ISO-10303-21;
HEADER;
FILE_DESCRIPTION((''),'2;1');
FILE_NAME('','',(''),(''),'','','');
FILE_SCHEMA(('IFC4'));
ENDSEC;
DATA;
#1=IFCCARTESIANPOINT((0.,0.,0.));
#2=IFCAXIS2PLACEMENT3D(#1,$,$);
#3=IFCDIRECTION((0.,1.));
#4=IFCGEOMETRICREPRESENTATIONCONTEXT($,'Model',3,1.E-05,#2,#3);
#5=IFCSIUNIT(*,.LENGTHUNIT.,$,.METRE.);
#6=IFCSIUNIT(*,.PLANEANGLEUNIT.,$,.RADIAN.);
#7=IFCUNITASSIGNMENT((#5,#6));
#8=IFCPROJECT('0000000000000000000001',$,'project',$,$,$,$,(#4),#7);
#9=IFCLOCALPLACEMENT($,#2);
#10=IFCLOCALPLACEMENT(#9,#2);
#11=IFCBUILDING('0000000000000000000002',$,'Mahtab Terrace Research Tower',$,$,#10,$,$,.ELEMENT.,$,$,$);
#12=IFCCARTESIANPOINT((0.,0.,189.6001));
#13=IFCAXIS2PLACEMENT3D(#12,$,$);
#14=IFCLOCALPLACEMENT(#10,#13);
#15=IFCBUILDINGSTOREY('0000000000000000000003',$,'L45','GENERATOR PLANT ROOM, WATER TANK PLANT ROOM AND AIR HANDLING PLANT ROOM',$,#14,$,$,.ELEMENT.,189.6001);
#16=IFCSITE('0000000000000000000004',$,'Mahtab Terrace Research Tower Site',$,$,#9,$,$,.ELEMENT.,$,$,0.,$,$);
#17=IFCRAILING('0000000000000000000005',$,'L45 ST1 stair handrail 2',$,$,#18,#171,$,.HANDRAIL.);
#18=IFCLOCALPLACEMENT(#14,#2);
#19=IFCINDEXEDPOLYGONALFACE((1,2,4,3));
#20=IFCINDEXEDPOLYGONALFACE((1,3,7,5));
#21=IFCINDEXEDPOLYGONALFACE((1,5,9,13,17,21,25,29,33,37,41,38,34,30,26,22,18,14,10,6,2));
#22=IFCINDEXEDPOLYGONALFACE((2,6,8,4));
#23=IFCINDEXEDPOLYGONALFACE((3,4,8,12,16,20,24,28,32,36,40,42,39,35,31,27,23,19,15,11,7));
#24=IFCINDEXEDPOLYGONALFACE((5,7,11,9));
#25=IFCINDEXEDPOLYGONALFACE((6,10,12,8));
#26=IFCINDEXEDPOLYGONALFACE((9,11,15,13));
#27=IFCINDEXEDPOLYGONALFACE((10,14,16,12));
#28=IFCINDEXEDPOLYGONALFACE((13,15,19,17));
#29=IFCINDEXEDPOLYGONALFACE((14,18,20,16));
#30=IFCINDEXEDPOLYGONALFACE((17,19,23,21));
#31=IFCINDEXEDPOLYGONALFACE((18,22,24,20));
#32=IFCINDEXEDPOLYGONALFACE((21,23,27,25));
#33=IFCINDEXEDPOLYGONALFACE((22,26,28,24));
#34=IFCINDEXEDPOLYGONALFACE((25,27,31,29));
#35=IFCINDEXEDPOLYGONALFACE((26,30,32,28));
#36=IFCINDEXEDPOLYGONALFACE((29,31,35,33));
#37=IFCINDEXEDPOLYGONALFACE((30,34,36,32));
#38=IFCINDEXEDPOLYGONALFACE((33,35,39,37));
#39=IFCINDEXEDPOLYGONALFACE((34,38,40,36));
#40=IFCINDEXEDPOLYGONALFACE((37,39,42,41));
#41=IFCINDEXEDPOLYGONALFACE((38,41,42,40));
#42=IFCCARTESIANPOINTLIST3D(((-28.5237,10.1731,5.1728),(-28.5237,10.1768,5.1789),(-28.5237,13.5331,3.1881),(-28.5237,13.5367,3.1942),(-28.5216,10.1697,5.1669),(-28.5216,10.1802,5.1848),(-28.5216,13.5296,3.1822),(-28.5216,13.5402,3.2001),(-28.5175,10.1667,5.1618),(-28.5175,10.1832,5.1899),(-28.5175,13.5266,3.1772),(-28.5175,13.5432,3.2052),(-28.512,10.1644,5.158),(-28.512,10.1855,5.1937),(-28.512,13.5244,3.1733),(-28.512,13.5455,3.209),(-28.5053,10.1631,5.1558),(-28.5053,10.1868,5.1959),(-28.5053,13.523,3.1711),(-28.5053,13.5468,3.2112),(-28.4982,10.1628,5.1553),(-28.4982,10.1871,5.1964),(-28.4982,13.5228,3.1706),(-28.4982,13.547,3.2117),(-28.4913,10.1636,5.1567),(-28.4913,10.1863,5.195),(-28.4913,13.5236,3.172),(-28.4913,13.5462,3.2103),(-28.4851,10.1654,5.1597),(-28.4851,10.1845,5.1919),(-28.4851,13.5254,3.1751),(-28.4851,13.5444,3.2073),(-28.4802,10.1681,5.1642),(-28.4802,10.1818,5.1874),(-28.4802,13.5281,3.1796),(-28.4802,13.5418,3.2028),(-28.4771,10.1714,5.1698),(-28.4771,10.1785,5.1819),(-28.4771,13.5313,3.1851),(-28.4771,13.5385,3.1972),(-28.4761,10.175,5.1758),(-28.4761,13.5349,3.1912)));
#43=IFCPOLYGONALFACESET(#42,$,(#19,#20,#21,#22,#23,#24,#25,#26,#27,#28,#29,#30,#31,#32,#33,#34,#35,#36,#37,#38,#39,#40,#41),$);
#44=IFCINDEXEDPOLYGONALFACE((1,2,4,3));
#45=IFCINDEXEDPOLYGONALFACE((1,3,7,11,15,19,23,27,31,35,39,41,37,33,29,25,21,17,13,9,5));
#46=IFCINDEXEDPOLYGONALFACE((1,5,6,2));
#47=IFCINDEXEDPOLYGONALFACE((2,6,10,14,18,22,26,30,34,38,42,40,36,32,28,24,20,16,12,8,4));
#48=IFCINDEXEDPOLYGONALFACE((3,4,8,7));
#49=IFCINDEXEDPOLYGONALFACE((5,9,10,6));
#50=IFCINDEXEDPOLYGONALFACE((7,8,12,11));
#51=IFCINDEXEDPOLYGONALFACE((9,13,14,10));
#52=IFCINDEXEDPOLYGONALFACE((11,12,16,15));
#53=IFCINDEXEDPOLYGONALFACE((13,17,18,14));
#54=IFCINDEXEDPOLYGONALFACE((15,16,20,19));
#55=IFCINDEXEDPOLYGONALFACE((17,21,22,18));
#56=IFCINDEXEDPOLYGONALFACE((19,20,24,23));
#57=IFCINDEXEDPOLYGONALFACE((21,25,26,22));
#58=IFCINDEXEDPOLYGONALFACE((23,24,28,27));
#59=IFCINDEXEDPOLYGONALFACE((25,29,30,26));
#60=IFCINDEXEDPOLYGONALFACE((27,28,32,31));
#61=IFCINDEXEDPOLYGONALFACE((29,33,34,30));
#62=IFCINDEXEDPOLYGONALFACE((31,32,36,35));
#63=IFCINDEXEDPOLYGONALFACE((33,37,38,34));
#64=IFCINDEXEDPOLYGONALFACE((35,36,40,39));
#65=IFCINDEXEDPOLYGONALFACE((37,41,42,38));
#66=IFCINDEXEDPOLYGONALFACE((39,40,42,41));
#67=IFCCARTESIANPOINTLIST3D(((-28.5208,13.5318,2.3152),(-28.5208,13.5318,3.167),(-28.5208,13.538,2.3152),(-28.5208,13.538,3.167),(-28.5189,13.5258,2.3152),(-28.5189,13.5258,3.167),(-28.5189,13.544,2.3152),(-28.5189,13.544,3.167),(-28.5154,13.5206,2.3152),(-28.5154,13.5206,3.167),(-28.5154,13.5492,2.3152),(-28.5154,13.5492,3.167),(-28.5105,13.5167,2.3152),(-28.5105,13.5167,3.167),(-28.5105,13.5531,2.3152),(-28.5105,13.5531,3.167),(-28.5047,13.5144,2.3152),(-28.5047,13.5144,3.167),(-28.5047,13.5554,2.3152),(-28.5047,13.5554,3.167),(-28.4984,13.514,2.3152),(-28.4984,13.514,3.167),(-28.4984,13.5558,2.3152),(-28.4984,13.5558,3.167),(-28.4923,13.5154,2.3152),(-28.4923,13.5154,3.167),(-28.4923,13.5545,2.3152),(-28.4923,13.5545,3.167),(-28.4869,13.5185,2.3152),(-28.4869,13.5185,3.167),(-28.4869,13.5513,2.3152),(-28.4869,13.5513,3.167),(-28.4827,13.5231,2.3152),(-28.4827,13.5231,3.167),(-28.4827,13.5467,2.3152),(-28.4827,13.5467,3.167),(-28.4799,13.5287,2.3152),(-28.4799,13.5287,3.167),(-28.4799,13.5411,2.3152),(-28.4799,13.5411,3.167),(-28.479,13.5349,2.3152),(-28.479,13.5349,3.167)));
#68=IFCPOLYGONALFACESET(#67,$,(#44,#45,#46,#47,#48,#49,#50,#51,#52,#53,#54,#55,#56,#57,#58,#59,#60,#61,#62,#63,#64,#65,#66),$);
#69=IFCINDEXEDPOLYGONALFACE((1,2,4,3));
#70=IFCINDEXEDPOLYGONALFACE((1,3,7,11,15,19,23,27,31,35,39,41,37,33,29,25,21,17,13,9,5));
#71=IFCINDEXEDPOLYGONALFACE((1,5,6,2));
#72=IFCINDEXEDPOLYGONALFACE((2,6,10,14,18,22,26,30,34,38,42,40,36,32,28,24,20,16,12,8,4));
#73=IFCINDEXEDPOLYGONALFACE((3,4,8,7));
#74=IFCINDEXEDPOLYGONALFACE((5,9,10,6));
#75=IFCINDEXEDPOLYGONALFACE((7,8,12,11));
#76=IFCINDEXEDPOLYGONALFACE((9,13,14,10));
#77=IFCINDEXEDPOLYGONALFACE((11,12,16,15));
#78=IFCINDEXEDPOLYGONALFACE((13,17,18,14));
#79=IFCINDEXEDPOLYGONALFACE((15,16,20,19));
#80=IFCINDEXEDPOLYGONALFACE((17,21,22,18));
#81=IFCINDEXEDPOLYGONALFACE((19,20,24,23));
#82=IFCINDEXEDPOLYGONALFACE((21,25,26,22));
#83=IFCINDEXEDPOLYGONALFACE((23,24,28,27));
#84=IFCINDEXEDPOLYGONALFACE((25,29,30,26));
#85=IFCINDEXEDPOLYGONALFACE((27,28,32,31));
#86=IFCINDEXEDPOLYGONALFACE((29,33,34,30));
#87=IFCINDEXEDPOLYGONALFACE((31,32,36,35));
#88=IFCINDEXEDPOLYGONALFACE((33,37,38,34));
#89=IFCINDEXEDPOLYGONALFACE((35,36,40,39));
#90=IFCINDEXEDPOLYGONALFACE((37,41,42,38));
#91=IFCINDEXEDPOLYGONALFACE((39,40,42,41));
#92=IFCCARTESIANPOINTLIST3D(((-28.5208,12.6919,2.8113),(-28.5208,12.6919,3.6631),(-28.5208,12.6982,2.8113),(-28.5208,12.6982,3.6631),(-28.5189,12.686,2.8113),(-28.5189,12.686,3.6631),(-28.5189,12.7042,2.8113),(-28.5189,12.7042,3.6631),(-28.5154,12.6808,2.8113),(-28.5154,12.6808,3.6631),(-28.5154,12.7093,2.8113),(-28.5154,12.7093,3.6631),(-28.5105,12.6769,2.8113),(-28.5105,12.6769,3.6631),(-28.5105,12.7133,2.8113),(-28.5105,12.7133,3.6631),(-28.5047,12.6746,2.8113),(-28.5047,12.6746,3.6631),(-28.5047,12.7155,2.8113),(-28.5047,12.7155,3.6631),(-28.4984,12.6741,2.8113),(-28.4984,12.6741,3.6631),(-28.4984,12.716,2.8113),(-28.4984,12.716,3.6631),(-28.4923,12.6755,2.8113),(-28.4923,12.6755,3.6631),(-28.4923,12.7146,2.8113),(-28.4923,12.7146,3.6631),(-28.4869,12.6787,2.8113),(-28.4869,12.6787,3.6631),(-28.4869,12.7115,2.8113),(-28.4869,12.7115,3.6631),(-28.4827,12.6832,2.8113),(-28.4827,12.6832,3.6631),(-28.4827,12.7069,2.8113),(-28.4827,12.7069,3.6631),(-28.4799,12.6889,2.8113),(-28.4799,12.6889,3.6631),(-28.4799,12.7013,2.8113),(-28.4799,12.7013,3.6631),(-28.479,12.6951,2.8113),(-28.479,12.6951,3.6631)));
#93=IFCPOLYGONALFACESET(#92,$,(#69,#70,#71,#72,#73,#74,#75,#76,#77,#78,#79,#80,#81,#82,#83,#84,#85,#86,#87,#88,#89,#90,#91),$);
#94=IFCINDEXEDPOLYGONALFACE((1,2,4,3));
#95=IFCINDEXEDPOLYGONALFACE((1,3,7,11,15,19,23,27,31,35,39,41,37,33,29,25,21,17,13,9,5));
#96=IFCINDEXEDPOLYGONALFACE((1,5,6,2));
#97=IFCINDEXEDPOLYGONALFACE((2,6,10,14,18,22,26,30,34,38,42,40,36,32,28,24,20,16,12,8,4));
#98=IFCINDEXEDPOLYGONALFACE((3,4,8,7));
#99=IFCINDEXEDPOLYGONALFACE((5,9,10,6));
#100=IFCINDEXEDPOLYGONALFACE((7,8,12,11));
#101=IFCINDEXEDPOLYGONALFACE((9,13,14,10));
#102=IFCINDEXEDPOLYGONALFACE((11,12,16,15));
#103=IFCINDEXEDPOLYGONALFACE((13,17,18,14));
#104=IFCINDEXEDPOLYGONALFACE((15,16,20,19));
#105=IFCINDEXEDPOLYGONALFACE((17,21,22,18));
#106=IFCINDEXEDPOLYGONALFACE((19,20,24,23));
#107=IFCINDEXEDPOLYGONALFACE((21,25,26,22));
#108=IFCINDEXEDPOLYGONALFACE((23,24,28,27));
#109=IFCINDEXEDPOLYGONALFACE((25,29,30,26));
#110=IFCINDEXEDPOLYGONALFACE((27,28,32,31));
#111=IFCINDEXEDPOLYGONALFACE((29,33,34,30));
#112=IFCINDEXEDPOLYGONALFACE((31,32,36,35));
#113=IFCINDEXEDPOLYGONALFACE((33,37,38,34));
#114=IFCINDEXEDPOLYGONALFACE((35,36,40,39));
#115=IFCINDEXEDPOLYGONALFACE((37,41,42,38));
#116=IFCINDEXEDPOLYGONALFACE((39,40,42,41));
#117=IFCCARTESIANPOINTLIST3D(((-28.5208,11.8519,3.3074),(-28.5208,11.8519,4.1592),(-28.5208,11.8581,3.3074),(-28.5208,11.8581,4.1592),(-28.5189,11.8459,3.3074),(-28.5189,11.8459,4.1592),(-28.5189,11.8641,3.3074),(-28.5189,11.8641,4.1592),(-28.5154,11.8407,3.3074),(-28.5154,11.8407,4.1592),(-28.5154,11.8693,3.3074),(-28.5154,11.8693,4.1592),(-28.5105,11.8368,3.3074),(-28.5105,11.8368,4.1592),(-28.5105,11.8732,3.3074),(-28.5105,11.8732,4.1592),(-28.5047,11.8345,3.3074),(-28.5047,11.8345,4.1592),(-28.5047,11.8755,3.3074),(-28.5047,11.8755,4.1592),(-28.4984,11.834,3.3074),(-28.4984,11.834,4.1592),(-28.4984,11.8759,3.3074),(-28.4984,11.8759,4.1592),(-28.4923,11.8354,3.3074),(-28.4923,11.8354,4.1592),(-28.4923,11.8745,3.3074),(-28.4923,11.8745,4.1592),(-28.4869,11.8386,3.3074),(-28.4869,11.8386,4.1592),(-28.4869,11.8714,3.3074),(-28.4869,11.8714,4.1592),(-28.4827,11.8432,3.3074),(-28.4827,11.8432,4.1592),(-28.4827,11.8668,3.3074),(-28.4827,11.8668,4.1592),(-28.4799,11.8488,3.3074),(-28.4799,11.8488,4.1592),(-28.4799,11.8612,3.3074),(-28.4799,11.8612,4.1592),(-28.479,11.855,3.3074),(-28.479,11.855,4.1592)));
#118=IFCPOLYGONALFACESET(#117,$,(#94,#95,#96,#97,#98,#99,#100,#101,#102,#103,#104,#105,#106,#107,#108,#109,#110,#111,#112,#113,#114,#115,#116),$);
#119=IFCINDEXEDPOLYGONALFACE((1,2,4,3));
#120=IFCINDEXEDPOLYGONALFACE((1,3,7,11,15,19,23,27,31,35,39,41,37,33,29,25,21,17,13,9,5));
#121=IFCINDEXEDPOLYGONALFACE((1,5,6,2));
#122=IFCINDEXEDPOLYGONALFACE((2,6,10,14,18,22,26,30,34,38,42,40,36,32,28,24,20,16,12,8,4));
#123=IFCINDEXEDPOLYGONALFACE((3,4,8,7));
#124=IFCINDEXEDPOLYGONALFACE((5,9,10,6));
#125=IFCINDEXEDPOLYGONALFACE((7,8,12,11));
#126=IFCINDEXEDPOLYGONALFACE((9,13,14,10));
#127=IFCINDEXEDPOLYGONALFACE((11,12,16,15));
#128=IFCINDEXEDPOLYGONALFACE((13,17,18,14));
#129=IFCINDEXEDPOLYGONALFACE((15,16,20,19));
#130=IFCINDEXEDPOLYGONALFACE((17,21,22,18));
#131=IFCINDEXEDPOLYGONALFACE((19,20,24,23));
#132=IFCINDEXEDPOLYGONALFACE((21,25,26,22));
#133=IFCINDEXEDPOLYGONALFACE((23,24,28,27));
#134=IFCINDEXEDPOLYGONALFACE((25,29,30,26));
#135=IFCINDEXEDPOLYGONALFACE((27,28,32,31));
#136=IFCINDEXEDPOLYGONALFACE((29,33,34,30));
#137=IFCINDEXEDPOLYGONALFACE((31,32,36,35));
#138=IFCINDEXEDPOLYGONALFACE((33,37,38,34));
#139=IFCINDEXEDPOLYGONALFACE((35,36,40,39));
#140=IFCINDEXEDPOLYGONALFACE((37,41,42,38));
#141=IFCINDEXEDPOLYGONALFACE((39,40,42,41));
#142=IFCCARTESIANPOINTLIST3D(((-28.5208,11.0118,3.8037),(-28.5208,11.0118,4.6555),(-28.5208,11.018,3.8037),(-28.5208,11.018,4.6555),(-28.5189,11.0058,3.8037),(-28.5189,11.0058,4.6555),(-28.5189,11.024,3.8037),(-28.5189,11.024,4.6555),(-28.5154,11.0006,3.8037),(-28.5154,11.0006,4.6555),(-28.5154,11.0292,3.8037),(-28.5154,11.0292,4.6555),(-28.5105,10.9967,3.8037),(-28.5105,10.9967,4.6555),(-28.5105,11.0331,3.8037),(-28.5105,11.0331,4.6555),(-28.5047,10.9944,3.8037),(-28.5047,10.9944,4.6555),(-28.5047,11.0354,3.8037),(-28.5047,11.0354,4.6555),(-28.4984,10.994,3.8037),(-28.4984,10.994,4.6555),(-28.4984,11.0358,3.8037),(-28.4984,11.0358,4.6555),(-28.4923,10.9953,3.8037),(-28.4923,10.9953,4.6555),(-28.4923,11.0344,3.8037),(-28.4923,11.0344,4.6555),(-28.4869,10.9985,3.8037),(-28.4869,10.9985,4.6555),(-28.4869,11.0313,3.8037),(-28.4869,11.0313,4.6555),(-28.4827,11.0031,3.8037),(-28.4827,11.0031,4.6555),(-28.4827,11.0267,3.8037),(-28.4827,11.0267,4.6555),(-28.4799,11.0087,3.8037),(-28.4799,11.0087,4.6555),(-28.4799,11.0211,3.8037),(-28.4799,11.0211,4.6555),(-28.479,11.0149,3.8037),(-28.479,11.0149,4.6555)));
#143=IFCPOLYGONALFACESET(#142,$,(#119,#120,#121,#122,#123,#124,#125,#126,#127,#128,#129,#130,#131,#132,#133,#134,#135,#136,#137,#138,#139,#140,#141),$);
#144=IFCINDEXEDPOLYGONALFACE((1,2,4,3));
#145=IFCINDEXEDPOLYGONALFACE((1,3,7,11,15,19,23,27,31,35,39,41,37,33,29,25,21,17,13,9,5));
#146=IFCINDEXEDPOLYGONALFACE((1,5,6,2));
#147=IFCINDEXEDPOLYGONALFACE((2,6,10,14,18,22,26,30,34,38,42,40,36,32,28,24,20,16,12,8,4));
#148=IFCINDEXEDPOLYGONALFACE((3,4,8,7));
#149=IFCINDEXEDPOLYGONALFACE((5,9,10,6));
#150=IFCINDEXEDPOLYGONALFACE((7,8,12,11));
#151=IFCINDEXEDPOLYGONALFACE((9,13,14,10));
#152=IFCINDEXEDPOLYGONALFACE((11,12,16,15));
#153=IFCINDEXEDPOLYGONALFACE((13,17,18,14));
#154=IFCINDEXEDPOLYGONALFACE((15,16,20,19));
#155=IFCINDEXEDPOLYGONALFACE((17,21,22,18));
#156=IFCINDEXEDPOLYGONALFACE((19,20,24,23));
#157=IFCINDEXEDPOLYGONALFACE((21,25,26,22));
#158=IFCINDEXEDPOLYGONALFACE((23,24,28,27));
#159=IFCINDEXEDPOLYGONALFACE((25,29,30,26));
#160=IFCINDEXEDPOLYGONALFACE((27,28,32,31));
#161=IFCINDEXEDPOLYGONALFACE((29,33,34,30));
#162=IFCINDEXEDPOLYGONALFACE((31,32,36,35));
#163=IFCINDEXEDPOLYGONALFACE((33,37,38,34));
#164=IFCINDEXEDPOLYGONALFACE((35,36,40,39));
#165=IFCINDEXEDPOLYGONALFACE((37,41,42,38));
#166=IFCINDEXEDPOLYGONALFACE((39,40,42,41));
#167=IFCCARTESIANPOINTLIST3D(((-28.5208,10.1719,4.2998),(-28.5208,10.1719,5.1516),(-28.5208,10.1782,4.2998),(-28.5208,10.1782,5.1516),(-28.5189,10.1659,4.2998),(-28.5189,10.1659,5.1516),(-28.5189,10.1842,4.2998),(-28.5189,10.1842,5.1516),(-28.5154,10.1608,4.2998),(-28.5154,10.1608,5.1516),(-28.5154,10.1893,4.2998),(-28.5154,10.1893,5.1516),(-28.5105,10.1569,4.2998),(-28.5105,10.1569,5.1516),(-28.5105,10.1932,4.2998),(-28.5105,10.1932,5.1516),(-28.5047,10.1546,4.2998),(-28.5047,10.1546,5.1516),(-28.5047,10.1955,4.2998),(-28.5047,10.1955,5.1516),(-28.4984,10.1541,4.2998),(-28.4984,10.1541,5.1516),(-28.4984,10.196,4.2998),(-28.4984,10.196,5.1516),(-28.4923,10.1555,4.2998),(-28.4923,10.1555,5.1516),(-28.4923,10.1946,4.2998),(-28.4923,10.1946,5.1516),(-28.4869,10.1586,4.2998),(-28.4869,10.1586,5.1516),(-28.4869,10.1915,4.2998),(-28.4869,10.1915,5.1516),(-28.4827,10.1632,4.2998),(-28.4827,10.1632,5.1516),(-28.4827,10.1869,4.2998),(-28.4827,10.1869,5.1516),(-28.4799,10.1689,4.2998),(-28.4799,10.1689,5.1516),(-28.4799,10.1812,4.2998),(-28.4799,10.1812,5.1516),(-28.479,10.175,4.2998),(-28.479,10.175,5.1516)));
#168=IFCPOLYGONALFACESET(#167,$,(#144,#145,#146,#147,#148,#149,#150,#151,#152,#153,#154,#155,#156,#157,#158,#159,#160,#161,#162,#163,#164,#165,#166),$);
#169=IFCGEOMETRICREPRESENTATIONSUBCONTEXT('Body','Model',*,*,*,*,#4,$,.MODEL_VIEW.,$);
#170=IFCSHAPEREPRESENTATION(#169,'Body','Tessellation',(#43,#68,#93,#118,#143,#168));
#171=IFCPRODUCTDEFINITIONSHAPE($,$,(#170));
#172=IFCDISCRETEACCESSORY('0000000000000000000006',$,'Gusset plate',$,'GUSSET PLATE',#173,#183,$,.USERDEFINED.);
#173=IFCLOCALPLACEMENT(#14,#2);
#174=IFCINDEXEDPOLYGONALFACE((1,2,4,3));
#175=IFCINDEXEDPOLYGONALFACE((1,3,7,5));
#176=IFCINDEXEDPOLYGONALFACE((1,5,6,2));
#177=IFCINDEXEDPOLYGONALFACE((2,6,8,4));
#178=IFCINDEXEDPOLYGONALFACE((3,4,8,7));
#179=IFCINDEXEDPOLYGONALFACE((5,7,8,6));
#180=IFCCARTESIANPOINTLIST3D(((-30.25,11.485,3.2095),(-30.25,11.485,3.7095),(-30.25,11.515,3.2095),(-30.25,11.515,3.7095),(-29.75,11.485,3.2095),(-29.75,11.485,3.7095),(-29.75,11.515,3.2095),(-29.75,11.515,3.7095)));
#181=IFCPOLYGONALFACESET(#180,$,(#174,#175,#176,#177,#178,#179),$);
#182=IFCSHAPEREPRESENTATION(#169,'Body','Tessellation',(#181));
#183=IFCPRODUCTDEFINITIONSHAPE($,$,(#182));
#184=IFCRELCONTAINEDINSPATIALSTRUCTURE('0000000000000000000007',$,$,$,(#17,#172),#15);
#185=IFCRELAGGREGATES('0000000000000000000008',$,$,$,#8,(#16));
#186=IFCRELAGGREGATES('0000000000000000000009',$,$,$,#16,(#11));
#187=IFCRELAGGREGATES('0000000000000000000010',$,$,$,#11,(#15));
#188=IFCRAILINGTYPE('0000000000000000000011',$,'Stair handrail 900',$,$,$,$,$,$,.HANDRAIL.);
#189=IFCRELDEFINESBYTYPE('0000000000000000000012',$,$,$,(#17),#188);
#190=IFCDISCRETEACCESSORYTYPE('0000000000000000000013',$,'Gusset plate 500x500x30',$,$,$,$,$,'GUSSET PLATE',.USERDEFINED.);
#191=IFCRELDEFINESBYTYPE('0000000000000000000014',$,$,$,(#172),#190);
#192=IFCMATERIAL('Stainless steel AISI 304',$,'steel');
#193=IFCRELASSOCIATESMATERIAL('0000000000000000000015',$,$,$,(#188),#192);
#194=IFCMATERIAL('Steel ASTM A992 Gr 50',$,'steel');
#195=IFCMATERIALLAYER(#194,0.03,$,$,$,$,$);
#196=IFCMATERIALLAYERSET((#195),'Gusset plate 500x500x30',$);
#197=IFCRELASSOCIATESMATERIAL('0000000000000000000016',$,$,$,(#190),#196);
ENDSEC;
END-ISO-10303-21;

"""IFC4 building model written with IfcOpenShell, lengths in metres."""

from ifc_helpers import new_model, si_unit, direction, frame, origin, origin_2d, place, context, subcontext, project, spatial, rectangle, circle, extrude, material, layer, layer_set, type_object, element, save


model = new_model("IFC4")

# Units and contexts
model_context = context("Model", 3, precision=1e-05, world=origin(), true_north=direction((0.0, 1.0)))
body_context = subcontext(model_context, "Body", "Model", "MODEL_VIEW")
ifc_project = project(units=[si_unit("LENGTHUNIT", "METRE"), si_unit("PLANEANGLEUNIT", "RADIAN")], contexts=[model_context])

# Site, building, storey
site_placement = place(None, origin())
site = spatial("IfcSite", under=ifc_project, at=site_placement, Name="Mahtab Terrace Research Tower Site", CompositionType="ELEMENT", RefElevation=0.0)
building_placement = place(site_placement, origin())
building = spatial("IfcBuilding", under=site, at=building_placement, Name="Mahtab Terrace Research Tower", CompositionType="ELEMENT")
storey_placement = place(building_placement, frame((0.0, 0.0, 189.6001)))
storey = spatial("IfcBuildingStorey", under=building, at=storey_placement, Name="L45", Description="GENERATOR PLANT ROOM, WATER TANK PLANT ROOM AND AIR HANDLING PLANT ROOM", CompositionType="ELEMENT", Elevation=189.6001)

# Railing
ifc_material_1 = material(Name="Stainless steel AISI 304", Category="steel")
railing_type_1 = type_object("IfcRailingType", Name="Stair handrail 900", PredefinedType="HANDRAIL", material=ifc_material_1)
railing_1_placement = place(storey_placement, frame((-28.5, 13.5349, 2.3152)))
element("IfcRailing", 1, at=railing_1_placement, inside=storey, type_object=railing_type_1, Name="L45 ST1 stair handrail 2", PredefinedType="HANDRAIL", context=body_context, shape_type="SweptSolid", body=[
    extrude(circle(Radius=0.0239, at=origin_2d()), frame((0.0, 0.0, 0.876), z_axis=(0.0, -0.861011, 0.508586), x_axis=(1.0, 0.0, 0.0)), (0.0, 0.0, 1.0), 3.9023),
    extrude(circle(Radius=0.021, at=origin_2d()), origin(), (0.0, 0.0, 1.0), 0.8518),
    extrude(circle(Radius=0.021, at=origin_2d()), frame((0.0, -0.8398, 0.4961)), (0.0, 0.0, 1.0), 0.8518),
    extrude(circle(Radius=0.021, at=origin_2d()), frame((0.0, -1.6799, 0.9922)), (0.0, 0.0, 1.0), 0.8518),
    extrude(circle(Radius=0.021, at=origin_2d()), frame((0.0, -2.52, 1.4885)), (0.0, 0.0, 1.0), 0.8518),
    extrude(circle(Radius=0.021, at=origin_2d()), frame((0.0, -3.3599, 1.9846)), (0.0, 0.0, 1.0), 0.8518),
])

# Discrete accessory
ifc_material_2 = material(Name="Steel ASTM A992 Gr 50", Category="steel")
ifc_layer_1 = layer(ifc_material_2, 0.03)
ifc_layer_set_1 = layer_set([ifc_layer_1], Name="Gusset plate 500x500x30")
discrete_accessory_type = type_object("IfcDiscreteAccessoryType", Name="Gusset plate 500x500x30", ElementType="GUSSET PLATE", PredefinedType="USERDEFINED", material=ifc_layer_set_1)
discrete_accessory_placement = place(storey_placement, frame((-30.0, 11.5, 3.2095), z_axis=(0.0, 0.0, 1.0), x_axis=(1.0, 0.0, 0.0)))
element("IfcDiscreteAccessory", 2, at=discrete_accessory_placement, inside=storey, type_object=discrete_accessory_type, Name="Gusset plate", ObjectType="GUSSET PLATE", PredefinedType="USERDEFINED", context=body_context, shape_type="SweptSolid", body=[
    extrude(rectangle(XDim=0.5, YDim=0.03, at=origin_2d()), origin(), (0.0, 0.0, 1.0), 0.5),
])

save(model, "model.ifc")
